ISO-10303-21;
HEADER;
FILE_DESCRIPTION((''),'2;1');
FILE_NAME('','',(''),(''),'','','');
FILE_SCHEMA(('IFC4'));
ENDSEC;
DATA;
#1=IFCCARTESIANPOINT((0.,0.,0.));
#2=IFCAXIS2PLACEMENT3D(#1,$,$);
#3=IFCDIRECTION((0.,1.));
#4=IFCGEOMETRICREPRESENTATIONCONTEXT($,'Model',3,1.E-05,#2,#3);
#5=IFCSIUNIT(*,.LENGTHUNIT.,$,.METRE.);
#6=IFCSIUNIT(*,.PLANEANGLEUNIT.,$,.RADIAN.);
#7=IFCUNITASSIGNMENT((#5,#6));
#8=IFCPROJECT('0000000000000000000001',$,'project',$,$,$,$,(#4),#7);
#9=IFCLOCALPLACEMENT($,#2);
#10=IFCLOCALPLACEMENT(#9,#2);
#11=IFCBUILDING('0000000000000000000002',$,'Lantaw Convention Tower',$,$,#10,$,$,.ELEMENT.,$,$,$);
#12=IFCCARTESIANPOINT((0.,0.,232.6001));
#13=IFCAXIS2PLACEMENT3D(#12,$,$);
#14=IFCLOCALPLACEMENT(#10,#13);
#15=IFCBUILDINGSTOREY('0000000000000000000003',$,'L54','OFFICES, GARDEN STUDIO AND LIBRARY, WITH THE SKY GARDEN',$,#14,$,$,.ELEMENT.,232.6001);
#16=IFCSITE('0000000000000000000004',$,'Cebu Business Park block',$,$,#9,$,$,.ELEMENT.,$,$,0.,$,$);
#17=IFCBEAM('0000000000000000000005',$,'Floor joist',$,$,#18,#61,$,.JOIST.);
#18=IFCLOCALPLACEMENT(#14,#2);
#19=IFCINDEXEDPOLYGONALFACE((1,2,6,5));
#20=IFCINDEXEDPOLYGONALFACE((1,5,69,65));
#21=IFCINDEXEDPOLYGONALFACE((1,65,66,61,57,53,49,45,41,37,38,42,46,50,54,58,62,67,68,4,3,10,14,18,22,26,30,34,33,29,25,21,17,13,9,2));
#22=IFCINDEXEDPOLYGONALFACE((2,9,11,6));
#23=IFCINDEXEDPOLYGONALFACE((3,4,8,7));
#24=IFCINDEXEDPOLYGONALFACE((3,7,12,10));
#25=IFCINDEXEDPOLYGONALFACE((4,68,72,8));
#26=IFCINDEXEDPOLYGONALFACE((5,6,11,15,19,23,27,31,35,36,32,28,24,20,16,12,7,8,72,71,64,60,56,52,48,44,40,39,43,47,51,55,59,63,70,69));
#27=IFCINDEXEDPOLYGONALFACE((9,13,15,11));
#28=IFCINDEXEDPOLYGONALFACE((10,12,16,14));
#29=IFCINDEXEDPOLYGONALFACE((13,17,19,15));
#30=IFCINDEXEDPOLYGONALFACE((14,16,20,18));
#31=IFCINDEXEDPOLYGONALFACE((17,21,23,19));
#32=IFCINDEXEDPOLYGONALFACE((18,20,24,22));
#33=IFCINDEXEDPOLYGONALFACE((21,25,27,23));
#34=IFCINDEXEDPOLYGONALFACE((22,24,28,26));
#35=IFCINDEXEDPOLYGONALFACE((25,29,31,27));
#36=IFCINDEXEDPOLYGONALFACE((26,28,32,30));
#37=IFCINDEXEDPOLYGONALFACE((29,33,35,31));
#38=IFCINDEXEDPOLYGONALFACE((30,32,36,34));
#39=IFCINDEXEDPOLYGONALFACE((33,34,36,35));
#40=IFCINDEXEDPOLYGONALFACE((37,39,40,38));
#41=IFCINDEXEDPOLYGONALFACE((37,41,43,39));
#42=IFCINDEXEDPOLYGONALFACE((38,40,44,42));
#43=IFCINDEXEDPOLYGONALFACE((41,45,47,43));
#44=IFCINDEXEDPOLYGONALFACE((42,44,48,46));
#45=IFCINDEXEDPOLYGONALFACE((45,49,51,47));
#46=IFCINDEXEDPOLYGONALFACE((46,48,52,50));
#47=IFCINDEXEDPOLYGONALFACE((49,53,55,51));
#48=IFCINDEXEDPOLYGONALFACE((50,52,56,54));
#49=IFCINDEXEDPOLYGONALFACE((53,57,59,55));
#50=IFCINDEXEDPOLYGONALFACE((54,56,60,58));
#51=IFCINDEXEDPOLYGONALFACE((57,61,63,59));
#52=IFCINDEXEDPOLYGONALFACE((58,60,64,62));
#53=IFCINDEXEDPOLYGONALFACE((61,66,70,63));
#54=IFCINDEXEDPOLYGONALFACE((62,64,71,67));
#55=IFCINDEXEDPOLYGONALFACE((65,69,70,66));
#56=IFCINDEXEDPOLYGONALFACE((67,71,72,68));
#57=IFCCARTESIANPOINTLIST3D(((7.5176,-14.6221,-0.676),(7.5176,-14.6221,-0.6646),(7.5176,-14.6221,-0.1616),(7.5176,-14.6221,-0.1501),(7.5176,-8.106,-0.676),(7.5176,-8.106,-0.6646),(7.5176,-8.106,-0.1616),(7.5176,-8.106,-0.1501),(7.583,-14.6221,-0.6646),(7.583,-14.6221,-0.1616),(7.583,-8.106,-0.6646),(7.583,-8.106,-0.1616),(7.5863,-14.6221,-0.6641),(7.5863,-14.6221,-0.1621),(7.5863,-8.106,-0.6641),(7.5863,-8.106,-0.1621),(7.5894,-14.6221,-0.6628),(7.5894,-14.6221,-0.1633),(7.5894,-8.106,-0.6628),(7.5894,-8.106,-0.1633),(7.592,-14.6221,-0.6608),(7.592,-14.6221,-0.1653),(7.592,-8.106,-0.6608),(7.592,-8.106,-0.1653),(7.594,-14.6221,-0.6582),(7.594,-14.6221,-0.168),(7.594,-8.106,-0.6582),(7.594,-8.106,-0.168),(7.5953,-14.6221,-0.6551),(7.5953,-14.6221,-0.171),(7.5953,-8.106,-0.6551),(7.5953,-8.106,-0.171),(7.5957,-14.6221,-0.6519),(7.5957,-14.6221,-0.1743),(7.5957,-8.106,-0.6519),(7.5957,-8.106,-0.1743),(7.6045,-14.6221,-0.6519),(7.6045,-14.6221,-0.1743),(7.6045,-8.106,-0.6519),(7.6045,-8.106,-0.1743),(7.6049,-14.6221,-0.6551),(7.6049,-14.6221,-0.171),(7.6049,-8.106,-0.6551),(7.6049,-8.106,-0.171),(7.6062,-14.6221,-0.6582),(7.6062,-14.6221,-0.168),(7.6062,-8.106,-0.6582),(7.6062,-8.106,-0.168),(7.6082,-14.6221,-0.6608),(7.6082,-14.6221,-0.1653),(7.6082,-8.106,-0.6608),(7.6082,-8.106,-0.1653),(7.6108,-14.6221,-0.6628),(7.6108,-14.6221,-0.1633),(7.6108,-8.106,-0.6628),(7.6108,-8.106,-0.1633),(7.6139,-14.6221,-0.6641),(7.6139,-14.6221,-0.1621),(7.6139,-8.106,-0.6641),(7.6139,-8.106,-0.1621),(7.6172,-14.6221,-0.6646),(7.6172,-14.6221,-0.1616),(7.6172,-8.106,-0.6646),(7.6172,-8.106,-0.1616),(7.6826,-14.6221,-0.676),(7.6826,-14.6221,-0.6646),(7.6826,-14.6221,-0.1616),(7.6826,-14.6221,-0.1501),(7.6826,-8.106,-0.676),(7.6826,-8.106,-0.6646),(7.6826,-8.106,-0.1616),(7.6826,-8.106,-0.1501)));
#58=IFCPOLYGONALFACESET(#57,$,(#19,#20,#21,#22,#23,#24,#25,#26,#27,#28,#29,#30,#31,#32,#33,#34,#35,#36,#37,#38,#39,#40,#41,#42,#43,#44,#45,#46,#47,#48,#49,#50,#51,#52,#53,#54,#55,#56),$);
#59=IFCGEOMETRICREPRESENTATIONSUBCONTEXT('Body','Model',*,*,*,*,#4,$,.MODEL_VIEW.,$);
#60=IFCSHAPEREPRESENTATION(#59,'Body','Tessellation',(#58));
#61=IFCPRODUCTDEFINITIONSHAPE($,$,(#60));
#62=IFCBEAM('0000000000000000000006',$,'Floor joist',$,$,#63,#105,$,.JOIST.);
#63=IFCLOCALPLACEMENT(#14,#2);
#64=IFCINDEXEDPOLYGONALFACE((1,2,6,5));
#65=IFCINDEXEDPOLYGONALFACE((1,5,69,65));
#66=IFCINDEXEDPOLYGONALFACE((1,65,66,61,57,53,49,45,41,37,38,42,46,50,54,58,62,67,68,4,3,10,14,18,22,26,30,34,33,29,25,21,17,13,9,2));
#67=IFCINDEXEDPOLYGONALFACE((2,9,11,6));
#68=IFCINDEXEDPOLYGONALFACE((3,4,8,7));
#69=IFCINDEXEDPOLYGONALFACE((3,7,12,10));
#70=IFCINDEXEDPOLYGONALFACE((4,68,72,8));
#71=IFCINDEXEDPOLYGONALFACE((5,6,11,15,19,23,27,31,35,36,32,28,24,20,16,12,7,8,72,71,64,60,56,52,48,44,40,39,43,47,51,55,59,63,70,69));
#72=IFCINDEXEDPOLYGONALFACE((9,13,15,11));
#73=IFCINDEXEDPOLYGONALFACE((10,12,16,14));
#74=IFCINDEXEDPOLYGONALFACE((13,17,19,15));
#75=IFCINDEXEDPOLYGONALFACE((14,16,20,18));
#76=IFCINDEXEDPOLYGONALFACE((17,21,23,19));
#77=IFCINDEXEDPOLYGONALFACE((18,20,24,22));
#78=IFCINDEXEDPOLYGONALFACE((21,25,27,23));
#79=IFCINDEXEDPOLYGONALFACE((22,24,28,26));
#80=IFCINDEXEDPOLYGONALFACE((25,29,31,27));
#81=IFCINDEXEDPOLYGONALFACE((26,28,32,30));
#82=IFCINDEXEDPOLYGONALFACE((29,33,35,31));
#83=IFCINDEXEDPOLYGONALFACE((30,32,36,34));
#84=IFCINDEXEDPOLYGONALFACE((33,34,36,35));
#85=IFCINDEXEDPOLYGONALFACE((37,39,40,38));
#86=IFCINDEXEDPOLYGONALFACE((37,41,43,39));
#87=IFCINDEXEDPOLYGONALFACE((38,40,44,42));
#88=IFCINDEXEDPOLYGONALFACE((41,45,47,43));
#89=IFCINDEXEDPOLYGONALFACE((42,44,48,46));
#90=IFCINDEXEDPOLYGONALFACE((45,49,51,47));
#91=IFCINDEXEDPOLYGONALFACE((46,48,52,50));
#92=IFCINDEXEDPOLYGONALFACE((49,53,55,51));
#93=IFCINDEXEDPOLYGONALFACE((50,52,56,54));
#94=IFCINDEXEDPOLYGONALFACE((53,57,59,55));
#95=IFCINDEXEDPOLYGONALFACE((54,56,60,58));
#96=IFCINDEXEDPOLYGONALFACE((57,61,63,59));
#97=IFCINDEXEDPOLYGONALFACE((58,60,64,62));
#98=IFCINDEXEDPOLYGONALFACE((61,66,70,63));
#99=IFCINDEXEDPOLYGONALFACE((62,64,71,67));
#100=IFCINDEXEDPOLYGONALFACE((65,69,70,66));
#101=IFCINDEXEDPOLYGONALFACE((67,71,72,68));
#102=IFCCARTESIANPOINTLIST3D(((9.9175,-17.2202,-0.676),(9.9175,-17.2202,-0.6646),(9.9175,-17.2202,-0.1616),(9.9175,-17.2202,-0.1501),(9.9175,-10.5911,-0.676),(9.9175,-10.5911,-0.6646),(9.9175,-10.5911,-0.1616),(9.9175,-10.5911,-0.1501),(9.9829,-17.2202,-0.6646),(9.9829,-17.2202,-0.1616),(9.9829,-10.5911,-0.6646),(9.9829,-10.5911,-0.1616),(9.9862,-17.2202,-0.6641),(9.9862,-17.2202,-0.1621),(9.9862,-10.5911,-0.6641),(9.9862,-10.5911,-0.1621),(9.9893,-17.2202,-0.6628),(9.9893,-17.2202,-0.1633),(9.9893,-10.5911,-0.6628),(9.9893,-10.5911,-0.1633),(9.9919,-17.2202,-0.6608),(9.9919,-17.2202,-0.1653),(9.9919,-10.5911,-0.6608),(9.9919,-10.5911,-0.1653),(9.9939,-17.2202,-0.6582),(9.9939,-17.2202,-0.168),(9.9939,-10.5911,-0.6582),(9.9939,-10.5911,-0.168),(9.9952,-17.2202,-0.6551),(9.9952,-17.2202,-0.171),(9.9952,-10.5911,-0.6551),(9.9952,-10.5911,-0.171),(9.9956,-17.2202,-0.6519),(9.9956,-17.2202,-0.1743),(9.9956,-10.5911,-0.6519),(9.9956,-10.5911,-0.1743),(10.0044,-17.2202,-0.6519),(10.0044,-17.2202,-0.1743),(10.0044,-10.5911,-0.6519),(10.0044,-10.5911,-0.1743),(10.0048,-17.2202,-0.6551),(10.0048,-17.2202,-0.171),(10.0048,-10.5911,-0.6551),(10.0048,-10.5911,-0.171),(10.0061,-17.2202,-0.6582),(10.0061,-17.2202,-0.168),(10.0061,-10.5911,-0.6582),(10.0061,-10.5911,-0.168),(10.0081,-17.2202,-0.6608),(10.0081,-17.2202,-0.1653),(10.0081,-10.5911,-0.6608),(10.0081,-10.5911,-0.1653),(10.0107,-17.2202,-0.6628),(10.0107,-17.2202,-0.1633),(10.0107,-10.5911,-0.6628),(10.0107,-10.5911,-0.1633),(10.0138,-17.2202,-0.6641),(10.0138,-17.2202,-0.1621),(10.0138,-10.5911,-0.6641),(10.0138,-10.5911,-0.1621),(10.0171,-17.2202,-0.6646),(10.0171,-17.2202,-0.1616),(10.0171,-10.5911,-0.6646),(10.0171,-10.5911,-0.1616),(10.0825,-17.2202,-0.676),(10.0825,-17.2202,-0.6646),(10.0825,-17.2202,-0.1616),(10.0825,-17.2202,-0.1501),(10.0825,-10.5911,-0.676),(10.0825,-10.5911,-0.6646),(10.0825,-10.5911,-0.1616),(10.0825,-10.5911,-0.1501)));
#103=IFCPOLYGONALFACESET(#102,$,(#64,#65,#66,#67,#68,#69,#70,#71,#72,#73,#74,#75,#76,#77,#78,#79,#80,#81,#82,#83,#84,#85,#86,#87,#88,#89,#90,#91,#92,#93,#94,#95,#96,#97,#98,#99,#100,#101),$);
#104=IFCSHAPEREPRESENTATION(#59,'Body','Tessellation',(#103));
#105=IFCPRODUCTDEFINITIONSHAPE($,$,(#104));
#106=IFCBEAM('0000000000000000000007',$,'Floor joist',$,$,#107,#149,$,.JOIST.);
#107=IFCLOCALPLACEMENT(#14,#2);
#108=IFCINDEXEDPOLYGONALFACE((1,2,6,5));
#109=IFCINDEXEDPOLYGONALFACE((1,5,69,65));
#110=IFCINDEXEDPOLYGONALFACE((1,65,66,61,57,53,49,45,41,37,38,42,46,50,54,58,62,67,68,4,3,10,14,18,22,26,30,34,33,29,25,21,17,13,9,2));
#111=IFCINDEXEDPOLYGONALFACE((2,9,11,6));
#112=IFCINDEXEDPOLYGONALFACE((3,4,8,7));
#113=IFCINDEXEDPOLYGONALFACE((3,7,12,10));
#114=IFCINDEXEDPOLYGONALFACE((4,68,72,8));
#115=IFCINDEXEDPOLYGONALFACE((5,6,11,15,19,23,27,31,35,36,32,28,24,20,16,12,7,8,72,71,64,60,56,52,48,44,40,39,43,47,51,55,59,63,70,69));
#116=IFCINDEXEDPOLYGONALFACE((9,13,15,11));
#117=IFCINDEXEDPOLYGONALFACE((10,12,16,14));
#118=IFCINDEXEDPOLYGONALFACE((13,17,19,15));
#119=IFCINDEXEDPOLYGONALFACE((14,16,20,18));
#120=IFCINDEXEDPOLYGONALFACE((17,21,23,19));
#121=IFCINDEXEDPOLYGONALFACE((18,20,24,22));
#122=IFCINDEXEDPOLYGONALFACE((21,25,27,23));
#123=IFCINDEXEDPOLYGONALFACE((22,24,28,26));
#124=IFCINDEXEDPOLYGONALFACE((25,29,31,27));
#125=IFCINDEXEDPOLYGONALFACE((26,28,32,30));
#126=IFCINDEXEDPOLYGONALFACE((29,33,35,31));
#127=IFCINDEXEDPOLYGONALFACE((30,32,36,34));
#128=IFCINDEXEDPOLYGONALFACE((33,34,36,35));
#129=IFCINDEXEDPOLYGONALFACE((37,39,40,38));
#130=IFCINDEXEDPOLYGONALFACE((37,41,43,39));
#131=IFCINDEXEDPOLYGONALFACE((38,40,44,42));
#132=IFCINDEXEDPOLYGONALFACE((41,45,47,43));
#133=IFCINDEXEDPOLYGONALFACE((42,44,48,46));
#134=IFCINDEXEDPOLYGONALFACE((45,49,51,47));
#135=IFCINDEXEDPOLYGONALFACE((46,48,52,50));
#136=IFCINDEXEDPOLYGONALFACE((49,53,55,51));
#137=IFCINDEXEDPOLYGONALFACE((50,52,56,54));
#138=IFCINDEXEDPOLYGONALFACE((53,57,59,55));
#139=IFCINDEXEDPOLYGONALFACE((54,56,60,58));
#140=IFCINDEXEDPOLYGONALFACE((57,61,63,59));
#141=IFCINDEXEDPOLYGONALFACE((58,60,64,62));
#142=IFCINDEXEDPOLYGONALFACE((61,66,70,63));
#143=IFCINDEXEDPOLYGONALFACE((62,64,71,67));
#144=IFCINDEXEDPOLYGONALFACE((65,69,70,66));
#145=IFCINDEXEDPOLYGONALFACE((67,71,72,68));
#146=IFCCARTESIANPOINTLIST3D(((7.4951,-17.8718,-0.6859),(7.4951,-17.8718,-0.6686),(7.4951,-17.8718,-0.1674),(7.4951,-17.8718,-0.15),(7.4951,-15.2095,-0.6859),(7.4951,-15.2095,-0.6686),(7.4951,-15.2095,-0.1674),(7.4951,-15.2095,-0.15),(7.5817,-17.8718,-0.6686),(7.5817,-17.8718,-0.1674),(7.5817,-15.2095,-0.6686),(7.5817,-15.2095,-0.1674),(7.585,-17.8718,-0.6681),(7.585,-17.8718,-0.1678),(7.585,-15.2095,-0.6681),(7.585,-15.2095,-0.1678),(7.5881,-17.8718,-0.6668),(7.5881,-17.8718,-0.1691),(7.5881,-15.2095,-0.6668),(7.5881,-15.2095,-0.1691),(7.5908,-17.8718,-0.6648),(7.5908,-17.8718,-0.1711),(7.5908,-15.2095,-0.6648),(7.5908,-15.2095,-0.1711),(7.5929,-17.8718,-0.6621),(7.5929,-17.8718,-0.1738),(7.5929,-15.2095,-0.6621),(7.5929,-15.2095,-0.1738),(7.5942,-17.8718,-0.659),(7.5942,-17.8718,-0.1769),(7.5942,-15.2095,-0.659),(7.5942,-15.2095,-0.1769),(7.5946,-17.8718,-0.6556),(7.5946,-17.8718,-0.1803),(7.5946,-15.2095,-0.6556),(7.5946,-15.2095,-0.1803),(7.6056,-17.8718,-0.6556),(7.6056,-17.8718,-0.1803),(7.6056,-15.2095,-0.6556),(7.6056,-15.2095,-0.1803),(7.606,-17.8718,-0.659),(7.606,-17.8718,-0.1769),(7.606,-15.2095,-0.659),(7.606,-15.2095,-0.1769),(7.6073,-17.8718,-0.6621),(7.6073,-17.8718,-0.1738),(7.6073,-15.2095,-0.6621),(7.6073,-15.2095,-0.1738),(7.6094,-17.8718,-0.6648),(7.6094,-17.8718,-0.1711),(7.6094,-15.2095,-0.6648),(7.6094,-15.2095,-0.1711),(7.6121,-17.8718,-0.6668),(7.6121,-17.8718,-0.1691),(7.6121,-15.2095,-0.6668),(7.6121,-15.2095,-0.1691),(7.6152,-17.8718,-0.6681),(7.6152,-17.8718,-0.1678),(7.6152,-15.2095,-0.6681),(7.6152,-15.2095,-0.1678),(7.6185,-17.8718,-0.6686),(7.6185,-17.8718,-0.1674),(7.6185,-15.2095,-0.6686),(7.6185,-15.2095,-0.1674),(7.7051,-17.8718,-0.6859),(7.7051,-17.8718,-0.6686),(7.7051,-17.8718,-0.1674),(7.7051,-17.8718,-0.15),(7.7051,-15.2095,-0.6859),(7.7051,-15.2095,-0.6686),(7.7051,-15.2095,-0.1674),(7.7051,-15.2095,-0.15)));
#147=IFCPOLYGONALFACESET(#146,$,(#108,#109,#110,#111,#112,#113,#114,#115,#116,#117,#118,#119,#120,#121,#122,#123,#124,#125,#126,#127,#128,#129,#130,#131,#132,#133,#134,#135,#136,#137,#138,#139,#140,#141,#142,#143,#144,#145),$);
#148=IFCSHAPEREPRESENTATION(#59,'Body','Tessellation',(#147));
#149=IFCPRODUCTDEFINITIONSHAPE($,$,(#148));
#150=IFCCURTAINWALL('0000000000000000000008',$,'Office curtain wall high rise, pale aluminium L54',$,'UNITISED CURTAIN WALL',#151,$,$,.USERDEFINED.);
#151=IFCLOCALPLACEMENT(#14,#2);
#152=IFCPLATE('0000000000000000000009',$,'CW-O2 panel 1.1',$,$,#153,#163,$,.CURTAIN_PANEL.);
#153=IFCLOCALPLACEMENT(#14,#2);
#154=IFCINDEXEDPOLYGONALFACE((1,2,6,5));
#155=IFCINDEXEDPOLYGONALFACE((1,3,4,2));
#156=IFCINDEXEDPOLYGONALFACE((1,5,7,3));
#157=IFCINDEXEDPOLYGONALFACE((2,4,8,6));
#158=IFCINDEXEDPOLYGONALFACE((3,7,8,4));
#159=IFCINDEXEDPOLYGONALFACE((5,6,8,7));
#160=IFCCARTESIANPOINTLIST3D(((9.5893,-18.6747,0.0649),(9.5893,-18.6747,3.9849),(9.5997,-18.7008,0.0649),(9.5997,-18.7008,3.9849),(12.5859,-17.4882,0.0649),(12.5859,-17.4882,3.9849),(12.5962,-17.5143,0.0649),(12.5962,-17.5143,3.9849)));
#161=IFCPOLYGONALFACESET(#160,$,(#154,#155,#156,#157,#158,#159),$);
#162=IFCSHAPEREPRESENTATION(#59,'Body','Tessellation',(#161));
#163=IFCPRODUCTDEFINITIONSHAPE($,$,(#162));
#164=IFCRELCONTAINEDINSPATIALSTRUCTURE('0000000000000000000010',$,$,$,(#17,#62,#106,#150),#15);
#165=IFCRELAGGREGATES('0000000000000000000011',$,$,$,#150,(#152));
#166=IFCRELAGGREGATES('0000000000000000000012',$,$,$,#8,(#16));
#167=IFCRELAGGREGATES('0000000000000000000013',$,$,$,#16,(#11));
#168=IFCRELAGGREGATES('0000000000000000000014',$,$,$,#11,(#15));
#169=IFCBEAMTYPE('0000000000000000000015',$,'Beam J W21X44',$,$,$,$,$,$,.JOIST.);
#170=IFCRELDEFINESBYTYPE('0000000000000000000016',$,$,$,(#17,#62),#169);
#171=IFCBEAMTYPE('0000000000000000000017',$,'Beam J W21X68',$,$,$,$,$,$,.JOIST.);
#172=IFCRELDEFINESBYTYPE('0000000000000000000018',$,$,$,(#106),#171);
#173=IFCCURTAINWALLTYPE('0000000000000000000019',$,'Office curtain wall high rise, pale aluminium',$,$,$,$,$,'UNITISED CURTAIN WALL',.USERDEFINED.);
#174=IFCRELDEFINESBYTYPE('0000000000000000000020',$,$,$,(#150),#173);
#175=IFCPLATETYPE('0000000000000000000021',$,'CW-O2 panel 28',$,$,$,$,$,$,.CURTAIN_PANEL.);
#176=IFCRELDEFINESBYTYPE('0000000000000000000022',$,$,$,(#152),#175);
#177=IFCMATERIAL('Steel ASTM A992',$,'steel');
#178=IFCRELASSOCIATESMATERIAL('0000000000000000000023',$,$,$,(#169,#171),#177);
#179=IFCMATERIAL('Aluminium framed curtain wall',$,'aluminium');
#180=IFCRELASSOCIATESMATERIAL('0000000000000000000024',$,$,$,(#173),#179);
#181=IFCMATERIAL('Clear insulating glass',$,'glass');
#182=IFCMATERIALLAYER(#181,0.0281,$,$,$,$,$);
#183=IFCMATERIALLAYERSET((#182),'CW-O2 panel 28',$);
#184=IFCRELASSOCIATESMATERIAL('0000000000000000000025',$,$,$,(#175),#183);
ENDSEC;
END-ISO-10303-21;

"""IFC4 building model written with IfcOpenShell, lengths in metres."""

from ifc_helpers import new_model, si_unit, direction, frame, origin, origin_2d, place, context, subcontext, project, spatial, rectangle, i_section, extrude, material, layer, layer_set, material_profile, profile_set, type_object, element, aggregate, save


model = new_model("IFC4")

# Units and contexts
model_context = context("Model", 3, precision=1e-05, world=origin(), true_north=direction((0.0, 1.0)))
body_context = subcontext(model_context, "Body", "Model", "MODEL_VIEW")
ifc_project = project(units=[si_unit("LENGTHUNIT", "METRE"), si_unit("PLANEANGLEUNIT", "RADIAN")], contexts=[model_context])

# Site, building, storey
site_placement = place(None, origin())
site = spatial("IfcSite", under=ifc_project, at=site_placement, Name="Cebu Business Park block", CompositionType="ELEMENT", RefElevation=0.0)
building_placement = place(site_placement, origin())
building = spatial("IfcBuilding", under=site, at=building_placement, Name="Lantaw Convention Tower", CompositionType="ELEMENT")
storey_placement = place(building_placement, frame((0.0, 0.0, 232.6001)))
storey = spatial("IfcBuildingStorey", under=building, at=storey_placement, Name="L54", Description="OFFICES, GARDEN STUDIO AND LIBRARY, WITH THE SKY GARDEN", CompositionType="ELEMENT", Elevation=232.6001)

# Beams
ifc_material_1 = material(Name="Steel ASTM A992", Category="steel")
ifc_material_profile_1 = material_profile(ifc_material_1, i_section(OverallWidth=0.165, OverallDepth=0.5259, WebThickness=0.0088, FlangeThickness=0.0115, FilletRadius=0.0127, at=origin_2d()), Name="W21X44")
ifc_profile_set_1 = profile_set([ifc_material_profile_1], Name="Steel ASTM A992")
beam_type_1 = type_object("IfcBeamType", Name="Beam J W21X44", PredefinedType="JOIST", material=ifc_profile_set_1)
beam_1_placement = place(storey_placement, frame((7.6001, -14.6221, -0.4131), z_axis=(0.0, 1.0, 0.0), x_axis=(-1.0, 0.0, 0.0)))
element("IfcBeam", 1, at=beam_1_placement, inside=storey, type_object=beam_type_1, Name="Floor joist", PredefinedType="JOIST", context=body_context, shape_type="SweptSolid", body=[
    extrude(i_section(OverallWidth=0.165, OverallDepth=0.5259, WebThickness=0.0088, FlangeThickness=0.0115, FilletRadius=0.0127, at=origin_2d()), origin(), (0.0, 0.0, 1.0), 6.5161),
])
beam_2_placement = place(storey_placement, frame((10.0, -17.2202, -0.4131), z_axis=(0.0, 1.0, 0.0), x_axis=(-1.0, 0.0, 0.0)))
element("IfcBeam", 2, at=beam_2_placement, inside=storey, type_object=beam_type_1, Name="Floor joist", PredefinedType="JOIST", context=body_context, shape_type="SweptSolid", body=[
    extrude(i_section(OverallWidth=0.165, OverallDepth=0.5259, WebThickness=0.0088, FlangeThickness=0.0115, FilletRadius=0.0127, at=origin_2d()), origin(), (0.0, 0.0, 1.0), 6.6292),
])
ifc_material_profile_2 = material_profile(ifc_material_1, i_section(OverallWidth=0.21, OverallDepth=0.5359, WebThickness=0.011, FlangeThickness=0.0173, FilletRadius=0.0129, at=origin_2d()), Name="W21X68")
ifc_profile_set_2 = profile_set([ifc_material_profile_2], Name="Steel ASTM A992")
beam_type_2 = type_object("IfcBeamType", Name="Beam J W21X68", PredefinedType="JOIST", material=ifc_profile_set_2)
beam_3_placement = place(storey_placement, frame((7.6001, -17.8718, -0.418), z_axis=(0.0, 1.0, 0.0), x_axis=(-1.0, 0.0, 0.0)))
element("IfcBeam", 3, at=beam_3_placement, inside=storey, type_object=beam_type_2, Name="Floor joist", PredefinedType="JOIST", context=body_context, shape_type="SweptSolid", body=[
    extrude(i_section(OverallWidth=0.21, OverallDepth=0.5359, WebThickness=0.011, FlangeThickness=0.0173, FilletRadius=0.0129, at=origin_2d()), origin(), (0.0, 0.0, 1.0), 2.6624),
])

# Curtain wall, plate
ifc_material_2 = material(Name="Aluminium framed curtain wall", Category="aluminium")
curtain_wall_type = type_object("IfcCurtainWallType", Name="Office curtain wall high rise, pale aluminium", ElementType="UNITISED CURTAIN WALL", PredefinedType="USERDEFINED", material=ifc_material_2)
curtain_wall_placement = place(storey_placement, origin())
curtain_wall = element("IfcCurtainWall", 4, at=curtain_wall_placement, inside=storey, type_object=curtain_wall_type, Name="Office curtain wall high rise, pale aluminium L54", ObjectType="UNITISED CURTAIN WALL", PredefinedType="USERDEFINED")
ifc_material_3 = material(Name="Clear insulating glass", Category="glass")
ifc_layer_1 = layer(ifc_material_3, 0.0281)
ifc_layer_set_1 = layer_set([ifc_layer_1], Name="CW-O2 panel 28")
plate_type = type_object("IfcPlateType", Name="CW-O2 panel 28", PredefinedType="CURTAIN_PANEL", material=ifc_layer_set_1)
plate_placement = place(storey_placement, frame((11.0928, -18.0945, 0.0649), z_axis=(0.0, 0.0, 1.0), x_axis=(0.929762, 0.368162, 0.0)))
plate = element("IfcPlate", 5, at=plate_placement, type_object=plate_type, Name="CW-O2 panel 1.1", PredefinedType="CURTAIN_PANEL", context=body_context, shape_type="SweptSolid", body=[
    extrude(rectangle(XDim=3.2229, YDim=0.0281, at=origin_2d()), origin(), (0.0, 0.0, 1.0), 3.9199),
])
aggregate(curtain_wall, [plate])

save(model, "model.ifc")
